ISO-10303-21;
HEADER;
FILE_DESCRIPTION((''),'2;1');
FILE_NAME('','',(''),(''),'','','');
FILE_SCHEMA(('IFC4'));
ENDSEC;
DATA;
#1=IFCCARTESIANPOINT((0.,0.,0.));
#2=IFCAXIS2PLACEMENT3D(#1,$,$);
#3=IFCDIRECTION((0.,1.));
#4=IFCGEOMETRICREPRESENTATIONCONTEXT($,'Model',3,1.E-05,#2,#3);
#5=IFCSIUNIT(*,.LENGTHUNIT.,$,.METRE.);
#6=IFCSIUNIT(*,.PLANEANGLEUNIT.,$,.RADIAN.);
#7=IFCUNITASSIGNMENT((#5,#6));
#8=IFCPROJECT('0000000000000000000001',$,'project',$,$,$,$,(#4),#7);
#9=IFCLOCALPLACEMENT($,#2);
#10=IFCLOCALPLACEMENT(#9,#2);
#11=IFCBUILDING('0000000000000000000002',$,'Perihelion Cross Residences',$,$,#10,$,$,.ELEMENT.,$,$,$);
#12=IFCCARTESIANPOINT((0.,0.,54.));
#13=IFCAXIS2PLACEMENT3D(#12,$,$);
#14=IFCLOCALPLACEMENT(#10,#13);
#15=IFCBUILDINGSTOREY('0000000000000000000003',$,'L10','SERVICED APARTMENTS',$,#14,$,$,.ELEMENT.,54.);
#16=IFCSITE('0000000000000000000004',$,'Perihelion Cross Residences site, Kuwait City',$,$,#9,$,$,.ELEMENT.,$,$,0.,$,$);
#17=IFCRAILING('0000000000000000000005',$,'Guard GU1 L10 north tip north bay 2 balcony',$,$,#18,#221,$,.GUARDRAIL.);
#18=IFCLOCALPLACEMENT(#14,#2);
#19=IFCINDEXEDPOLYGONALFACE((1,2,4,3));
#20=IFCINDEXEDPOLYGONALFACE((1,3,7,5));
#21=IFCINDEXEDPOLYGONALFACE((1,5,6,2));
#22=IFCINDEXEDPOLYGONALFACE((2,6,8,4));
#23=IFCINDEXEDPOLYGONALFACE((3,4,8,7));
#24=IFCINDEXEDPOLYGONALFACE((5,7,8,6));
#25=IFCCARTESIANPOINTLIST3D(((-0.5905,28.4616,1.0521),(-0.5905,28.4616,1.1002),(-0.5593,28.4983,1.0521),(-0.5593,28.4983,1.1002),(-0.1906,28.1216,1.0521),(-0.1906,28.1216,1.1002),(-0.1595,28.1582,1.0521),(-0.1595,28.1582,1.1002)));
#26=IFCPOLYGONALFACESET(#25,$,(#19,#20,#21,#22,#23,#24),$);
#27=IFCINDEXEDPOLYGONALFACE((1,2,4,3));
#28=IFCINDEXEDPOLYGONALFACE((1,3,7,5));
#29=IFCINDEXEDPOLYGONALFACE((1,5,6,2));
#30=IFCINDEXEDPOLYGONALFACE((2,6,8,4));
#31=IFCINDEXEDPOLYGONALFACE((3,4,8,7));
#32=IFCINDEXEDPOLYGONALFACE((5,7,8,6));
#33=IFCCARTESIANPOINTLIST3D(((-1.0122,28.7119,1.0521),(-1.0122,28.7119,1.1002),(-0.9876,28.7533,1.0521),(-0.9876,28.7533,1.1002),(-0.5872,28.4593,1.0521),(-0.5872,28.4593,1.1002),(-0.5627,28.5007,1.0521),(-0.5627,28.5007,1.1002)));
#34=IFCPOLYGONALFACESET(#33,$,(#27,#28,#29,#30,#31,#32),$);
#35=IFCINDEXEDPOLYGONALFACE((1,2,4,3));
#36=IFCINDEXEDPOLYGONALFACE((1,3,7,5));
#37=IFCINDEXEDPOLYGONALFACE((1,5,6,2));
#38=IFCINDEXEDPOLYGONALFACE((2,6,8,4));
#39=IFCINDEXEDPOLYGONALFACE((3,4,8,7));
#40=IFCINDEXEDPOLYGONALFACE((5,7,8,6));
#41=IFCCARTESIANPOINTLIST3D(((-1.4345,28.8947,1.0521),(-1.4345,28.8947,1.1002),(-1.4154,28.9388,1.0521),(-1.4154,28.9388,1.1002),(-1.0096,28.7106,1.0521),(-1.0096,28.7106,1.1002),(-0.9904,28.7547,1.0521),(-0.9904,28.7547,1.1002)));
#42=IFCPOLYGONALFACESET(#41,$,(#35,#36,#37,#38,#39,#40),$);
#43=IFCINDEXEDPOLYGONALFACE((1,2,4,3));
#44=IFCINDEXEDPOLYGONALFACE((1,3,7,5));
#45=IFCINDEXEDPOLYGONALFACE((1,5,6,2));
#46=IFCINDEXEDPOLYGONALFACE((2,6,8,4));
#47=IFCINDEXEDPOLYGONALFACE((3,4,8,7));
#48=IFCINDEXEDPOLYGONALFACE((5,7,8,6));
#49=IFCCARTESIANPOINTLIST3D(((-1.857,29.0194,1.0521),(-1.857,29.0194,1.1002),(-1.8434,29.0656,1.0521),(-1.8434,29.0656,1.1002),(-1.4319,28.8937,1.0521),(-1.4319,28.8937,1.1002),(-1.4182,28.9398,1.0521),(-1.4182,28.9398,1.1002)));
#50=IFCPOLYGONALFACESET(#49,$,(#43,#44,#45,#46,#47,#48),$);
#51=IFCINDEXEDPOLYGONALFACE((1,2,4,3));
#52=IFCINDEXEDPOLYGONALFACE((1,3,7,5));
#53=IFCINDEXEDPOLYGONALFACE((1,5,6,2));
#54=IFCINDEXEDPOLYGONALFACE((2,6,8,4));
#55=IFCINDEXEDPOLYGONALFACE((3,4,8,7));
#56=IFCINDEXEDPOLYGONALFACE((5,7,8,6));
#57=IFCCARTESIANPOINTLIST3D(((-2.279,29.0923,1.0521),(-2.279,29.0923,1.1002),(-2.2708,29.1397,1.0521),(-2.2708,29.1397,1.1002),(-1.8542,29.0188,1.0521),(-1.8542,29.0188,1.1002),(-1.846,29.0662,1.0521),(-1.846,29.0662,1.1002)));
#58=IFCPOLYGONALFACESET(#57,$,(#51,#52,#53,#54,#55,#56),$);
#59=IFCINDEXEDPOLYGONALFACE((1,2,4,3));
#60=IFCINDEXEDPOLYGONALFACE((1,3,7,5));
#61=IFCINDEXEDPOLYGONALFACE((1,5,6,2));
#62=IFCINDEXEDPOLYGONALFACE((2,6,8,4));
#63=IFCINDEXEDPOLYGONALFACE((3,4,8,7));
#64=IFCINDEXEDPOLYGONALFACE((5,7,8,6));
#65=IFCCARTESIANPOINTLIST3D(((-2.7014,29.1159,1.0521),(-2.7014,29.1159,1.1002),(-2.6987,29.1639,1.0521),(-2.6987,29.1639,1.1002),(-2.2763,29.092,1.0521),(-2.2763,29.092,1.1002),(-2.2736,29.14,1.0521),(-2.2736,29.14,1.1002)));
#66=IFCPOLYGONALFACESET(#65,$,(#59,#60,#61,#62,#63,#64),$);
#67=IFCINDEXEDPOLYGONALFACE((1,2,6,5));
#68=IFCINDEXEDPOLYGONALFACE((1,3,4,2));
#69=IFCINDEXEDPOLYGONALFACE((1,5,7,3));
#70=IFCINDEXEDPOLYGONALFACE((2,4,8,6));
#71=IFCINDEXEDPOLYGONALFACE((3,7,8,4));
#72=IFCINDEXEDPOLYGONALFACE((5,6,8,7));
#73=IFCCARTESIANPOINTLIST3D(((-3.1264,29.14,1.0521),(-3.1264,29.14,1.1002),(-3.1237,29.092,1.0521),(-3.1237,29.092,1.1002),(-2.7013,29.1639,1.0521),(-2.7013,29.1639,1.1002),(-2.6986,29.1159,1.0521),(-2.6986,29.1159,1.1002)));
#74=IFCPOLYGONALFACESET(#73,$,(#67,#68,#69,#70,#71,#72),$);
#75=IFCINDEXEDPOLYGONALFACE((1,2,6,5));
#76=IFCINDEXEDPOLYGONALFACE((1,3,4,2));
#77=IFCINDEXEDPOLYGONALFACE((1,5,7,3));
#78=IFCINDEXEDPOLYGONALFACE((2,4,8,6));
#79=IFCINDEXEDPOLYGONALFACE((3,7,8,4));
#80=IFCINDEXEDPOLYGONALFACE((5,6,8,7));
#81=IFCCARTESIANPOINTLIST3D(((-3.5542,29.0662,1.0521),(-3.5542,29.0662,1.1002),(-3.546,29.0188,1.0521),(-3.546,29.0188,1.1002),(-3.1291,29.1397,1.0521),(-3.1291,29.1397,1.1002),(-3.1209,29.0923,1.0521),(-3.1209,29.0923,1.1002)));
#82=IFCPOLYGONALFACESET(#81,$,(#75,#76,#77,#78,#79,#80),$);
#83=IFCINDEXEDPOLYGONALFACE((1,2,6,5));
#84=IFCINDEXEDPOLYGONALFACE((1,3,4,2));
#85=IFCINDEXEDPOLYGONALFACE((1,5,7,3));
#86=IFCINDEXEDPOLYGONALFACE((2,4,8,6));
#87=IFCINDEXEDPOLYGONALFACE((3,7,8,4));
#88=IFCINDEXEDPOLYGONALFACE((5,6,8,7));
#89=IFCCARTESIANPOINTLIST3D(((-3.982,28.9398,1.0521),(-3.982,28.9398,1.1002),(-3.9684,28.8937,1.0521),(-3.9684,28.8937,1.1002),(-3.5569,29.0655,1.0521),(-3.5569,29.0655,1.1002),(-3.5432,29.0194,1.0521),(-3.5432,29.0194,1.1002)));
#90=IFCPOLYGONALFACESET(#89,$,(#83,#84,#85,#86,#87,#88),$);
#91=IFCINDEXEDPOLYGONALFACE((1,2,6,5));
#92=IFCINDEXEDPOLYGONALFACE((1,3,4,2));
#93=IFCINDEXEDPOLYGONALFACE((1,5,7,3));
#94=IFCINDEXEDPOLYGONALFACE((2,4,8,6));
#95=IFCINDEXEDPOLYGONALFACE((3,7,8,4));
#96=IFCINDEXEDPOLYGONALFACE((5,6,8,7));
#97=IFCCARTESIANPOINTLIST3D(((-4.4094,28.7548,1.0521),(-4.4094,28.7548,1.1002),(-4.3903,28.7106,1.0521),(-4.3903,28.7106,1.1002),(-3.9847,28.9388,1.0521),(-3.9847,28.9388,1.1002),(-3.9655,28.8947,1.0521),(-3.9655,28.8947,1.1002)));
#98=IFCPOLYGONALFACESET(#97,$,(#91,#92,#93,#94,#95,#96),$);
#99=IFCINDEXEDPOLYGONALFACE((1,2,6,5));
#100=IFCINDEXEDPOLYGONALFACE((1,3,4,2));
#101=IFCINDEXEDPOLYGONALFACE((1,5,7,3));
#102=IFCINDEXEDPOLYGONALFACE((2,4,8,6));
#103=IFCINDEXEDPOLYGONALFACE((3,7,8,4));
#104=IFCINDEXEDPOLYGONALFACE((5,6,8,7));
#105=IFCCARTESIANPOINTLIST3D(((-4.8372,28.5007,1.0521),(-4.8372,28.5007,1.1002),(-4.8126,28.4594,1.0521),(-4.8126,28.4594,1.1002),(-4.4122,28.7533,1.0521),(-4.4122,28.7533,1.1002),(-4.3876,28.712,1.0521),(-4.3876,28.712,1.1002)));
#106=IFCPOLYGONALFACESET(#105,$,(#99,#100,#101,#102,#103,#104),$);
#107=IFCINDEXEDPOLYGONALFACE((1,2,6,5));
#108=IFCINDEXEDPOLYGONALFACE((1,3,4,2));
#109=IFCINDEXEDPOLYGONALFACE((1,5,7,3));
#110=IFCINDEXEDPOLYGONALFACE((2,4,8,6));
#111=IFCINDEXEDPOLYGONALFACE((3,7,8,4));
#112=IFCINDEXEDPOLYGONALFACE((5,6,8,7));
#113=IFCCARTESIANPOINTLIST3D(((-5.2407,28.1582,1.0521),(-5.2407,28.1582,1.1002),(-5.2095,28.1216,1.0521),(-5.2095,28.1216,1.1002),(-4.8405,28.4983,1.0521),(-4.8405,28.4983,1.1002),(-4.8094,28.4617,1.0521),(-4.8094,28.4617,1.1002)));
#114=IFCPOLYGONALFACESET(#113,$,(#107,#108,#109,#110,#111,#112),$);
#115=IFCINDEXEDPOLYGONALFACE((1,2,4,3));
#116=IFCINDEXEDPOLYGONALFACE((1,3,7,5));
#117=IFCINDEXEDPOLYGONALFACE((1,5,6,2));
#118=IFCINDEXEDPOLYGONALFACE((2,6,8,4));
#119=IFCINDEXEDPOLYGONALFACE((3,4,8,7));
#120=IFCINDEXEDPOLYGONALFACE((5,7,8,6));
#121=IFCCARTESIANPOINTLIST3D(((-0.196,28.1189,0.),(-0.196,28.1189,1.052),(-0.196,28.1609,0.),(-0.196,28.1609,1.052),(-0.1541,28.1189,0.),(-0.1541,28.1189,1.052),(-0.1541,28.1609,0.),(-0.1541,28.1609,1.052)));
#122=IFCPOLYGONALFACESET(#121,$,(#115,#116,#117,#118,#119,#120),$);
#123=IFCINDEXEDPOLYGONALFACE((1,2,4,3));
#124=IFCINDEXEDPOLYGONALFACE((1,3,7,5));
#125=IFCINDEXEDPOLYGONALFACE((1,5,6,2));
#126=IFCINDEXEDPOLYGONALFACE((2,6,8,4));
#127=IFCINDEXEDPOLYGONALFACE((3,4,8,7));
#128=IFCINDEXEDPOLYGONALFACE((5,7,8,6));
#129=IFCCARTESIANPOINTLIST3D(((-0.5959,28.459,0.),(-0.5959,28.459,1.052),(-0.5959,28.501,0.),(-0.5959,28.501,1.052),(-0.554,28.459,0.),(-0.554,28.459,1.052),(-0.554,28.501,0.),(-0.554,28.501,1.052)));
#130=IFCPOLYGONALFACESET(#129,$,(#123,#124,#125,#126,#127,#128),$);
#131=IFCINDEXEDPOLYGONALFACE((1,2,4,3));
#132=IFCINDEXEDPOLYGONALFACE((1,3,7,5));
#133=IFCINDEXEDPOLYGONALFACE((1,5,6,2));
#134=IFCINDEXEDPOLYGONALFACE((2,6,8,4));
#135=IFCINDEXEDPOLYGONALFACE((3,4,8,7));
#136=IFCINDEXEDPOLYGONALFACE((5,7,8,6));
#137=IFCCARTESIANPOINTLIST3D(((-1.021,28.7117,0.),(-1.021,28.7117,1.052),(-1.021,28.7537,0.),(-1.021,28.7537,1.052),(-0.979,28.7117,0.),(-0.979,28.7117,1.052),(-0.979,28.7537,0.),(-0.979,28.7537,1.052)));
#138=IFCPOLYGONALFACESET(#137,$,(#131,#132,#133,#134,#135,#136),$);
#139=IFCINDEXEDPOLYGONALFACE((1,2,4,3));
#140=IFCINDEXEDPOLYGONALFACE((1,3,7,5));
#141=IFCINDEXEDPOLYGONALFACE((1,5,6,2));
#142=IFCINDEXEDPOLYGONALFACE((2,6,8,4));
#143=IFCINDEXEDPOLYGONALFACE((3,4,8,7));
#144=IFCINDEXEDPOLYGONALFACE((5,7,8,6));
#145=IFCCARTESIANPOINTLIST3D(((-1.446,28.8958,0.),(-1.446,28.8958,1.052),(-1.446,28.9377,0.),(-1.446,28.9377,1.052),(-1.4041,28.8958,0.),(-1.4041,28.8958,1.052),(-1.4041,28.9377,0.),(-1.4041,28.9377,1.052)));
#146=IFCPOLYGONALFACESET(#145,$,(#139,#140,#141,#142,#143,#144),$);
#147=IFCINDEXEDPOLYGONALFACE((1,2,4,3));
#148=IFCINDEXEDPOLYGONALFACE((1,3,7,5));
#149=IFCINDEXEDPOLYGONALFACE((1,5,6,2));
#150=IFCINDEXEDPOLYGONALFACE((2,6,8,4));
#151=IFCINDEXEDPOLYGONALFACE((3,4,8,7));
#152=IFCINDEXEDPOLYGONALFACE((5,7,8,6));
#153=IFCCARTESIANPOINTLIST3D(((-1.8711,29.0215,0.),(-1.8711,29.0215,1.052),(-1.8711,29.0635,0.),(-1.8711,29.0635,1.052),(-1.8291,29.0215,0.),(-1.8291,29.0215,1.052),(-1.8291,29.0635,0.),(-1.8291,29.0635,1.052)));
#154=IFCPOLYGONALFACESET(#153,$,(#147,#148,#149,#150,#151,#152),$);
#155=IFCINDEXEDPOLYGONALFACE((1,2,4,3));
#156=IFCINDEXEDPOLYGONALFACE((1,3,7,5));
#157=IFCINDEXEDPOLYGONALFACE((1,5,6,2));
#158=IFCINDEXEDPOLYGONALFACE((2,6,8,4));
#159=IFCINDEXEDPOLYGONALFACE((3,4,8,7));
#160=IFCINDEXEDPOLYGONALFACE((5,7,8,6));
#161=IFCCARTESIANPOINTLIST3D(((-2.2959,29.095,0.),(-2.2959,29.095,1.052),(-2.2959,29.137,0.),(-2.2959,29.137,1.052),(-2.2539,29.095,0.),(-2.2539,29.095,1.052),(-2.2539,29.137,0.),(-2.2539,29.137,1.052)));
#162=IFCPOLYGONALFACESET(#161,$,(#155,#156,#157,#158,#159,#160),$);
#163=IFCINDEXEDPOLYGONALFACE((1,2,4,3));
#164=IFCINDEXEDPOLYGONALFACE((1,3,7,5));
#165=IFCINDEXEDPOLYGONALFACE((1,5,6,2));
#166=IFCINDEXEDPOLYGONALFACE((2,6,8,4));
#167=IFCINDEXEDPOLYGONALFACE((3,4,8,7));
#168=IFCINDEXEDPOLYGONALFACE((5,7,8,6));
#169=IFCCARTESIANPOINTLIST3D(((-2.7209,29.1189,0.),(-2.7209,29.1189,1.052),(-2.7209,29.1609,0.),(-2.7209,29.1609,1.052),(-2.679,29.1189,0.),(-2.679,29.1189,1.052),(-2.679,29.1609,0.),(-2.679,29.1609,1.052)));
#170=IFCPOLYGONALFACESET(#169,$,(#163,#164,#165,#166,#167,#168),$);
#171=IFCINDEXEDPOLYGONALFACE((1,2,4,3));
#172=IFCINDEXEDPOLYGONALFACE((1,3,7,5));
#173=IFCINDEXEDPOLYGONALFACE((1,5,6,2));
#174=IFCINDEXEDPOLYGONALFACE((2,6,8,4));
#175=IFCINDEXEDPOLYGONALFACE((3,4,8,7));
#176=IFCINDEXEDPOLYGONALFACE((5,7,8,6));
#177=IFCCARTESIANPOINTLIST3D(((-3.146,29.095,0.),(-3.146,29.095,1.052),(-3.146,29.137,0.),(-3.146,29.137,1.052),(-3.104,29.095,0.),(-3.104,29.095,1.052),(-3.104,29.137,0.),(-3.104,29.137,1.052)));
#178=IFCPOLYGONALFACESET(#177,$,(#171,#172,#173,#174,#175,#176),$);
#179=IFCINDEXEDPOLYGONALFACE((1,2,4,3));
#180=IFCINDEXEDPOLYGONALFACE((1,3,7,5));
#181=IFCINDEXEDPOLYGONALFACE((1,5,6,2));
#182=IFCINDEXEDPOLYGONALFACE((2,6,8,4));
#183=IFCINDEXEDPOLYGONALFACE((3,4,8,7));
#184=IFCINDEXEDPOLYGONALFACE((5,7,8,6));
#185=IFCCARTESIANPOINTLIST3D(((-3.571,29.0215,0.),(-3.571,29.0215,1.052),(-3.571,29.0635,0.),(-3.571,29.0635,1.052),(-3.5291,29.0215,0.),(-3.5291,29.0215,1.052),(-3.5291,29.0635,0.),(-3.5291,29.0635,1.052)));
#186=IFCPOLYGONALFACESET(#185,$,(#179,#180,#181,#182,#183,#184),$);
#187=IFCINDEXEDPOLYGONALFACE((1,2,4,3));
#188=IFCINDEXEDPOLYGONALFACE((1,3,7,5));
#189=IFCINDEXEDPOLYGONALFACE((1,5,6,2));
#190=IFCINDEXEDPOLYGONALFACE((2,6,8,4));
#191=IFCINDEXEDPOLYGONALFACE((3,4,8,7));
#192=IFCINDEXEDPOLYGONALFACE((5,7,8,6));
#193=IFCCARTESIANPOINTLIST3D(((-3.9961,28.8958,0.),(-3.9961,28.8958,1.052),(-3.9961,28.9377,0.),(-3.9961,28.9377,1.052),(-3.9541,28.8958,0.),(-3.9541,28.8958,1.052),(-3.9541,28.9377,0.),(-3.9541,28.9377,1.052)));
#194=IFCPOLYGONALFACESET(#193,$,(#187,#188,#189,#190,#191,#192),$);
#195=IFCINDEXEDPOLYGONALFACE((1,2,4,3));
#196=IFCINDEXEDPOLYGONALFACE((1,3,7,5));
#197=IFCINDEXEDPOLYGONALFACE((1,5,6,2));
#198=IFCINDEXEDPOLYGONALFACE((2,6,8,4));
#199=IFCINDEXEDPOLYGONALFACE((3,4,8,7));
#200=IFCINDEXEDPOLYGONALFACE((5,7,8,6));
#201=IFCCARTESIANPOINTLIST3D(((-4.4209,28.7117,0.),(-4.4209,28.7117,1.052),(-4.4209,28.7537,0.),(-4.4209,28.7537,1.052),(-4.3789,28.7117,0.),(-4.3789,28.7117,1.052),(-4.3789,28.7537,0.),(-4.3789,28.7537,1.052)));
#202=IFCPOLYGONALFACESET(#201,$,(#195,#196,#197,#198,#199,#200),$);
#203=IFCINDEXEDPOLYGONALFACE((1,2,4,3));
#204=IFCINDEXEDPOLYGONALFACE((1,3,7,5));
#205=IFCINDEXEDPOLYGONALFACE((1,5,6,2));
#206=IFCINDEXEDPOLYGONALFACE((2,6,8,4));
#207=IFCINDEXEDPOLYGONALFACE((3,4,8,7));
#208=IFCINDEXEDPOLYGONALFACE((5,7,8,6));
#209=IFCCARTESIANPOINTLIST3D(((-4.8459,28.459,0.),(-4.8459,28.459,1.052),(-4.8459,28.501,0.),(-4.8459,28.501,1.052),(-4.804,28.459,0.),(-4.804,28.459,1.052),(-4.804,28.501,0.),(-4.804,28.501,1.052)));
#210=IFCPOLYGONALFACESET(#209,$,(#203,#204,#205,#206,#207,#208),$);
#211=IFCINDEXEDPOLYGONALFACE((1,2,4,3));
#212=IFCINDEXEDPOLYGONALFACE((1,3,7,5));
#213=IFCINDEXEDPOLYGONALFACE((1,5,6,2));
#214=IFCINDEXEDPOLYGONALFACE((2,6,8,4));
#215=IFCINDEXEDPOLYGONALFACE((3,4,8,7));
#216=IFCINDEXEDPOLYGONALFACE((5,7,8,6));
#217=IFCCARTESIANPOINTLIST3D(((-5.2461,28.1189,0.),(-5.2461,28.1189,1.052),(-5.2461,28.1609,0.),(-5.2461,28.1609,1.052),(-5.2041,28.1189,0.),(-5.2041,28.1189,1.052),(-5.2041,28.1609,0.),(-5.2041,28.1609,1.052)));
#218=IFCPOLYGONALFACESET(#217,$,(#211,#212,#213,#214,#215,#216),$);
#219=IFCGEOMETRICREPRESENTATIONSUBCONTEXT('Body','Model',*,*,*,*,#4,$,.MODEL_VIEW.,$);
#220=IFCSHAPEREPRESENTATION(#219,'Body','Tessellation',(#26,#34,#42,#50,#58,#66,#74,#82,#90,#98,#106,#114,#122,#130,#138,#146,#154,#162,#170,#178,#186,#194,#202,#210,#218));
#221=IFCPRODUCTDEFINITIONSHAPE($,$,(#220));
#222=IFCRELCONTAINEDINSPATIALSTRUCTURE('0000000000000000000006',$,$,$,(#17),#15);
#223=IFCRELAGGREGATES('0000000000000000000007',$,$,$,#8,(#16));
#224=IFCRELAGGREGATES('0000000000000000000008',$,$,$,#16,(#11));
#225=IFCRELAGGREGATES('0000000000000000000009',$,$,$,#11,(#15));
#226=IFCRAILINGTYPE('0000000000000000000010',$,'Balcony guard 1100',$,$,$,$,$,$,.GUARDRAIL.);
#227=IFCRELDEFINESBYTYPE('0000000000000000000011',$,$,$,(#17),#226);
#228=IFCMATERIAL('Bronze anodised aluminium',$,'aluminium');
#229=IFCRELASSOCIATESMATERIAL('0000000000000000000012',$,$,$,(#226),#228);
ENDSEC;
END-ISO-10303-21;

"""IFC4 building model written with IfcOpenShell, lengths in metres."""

from ifc_helpers import new_model, si_unit, direction, frame, origin, origin_2d, place, context, subcontext, project, spatial, rectangle, extrude, material, type_object, element, save


model = new_model("IFC4")

# Units and contexts
model_context = context("Model", 3, precision=1e-05, world=origin(), true_north=direction((0.0, 1.0)))
body_context = subcontext(model_context, "Body", "Model", "MODEL_VIEW")
ifc_project = project(units=[si_unit("LENGTHUNIT", "METRE"), si_unit("PLANEANGLEUNIT", "RADIAN")], contexts=[model_context])

# Site, building, storey
site_placement = place(None, origin())
site = spatial("IfcSite", under=ifc_project, at=site_placement, Name="Perihelion Cross Residences site, Kuwait City", CompositionType="ELEMENT", RefElevation=0.0)
building_placement = place(site_placement, origin())
building = spatial("IfcBuilding", under=site, at=building_placement, Name="Perihelion Cross Residences", CompositionType="ELEMENT")
storey_placement = place(building_placement, frame((0.0, 0.0, 54.0)))
storey = spatial("IfcBuildingStorey", under=building, at=storey_placement, Name="L10", Description="SERVICED APARTMENTS", CompositionType="ELEMENT", Elevation=54.0)

# Railing
ifc_material_1 = material(Name="Bronze anodised aluminium", Category="aluminium")
railing_type = type_object("IfcRailingType", Name="Balcony guard 1100", PredefinedType="GUARDRAIL", material=ifc_material_1)
railing_placement = place(storey_placement, frame((-0.175, 28.1399, 0.0)))
element("IfcRailing", 1, at=railing_placement, inside=storey, type_object=railing_type, Name="Guard GU1 L10 north tip north bay 2 balcony", PredefinedType="GUARDRAIL", context=body_context, shape_type="SweptSolid", body=[
    extrude(rectangle(XDim=0.0481, YDim=0.0481, at=origin_2d()), frame((0.0, 0.0, 1.0762), z_axis=(-0.761779, 0.647837, 0.0), x_axis=(-0.647837, -0.761779, 0.0)), (0.0, 0.0, 1.0), 0.5249),
    extrude(rectangle(XDim=0.0481, YDim=0.0481, at=origin_2d()), frame((-0.3999, 0.3401, 1.0762), z_axis=(-0.859577, 0.511006, 0.0), x_axis=(-0.511006, -0.859577, 0.0)), (0.0, 0.0, 1.0), 0.4944),
    extrude(rectangle(XDim=0.0481, YDim=0.0481, at=origin_2d()), frame((-0.825, 0.5928, 1.0762), z_axis=(-0.917639, 0.397415, 0.0), x_axis=(-0.397415, -0.917639, 0.0)), (0.0, 0.0, 1.0), 0.4631),
    extrude(rectangle(XDim=0.0481, YDim=0.0481, at=origin_2d()), frame((-1.25, 0.7769, 1.0762), z_axis=(-0.958926, 0.283657, 0.0), x_axis=(-0.283657, -0.958926, 0.0)), (0.0, 0.0, 1.0), 0.4434),
    extrude(rectangle(XDim=0.0481, YDim=0.0481, at=origin_2d()), frame((-1.675, 0.9026, 1.0762), z_axis=(-0.985365, 0.170457, 0.0), x_axis=(-0.170457, -0.985365, 0.0)), (0.0, 0.0, 1.0), 0.4312),
    extrude(rectangle(XDim=0.0481, YDim=0.0481, at=origin_2d()), frame((-2.0999, 0.9761, 1.0762), z_axis=(-0.99842, 0.056201, 0.0), x_axis=(-0.056201, -0.99842, 0.0)), (0.0, 0.0, 1.0), 0.4258),
    extrude(rectangle(XDim=0.0481, YDim=0.0481, at=origin_2d()), frame((-2.5249, 1.0, 1.0762), z_axis=(-0.99842, -0.056201, 0.0), x_axis=(0.056201, -0.99842, 0.0)), (0.0, 0.0, 1.0), 0.4258),
    extrude(rectangle(XDim=0.0481, YDim=0.0481, at=origin_2d()), frame((-2.95, 0.9761, 1.0762), z_axis=(-0.985382, -0.170362, 0.0), x_axis=(0.170362, -0.985382, 0.0)), (0.0, 0.0, 1.0), 0.4314),
    extrude(rectangle(XDim=0.0481, YDim=0.0481, at=origin_2d()), frame((-3.375, 0.9026, 1.0762), z_axis=(-0.958926, -0.283657, 0.0), x_axis=(0.283657, -0.958926, 0.0)), (0.0, 0.0, 1.0), 0.4434),
    extrude(rectangle(XDim=0.0481, YDim=0.0481, at=origin_2d()), frame((-3.8, 0.7769, 1.0762), z_axis=(-0.917556, -0.397607, 0.0), x_axis=(0.397607, -0.917556, 0.0)), (0.0, 0.0, 1.0), 0.4629),
    extrude(rectangle(XDim=0.0481, YDim=0.0481, at=origin_2d()), frame((-4.2249, 0.5928, 1.0762), z_axis=(-0.859577, -0.511006, 0.0), x_axis=(0.511006, -0.859577, 0.0)), (0.0, 0.0, 1.0), 0.4944),
    extrude(rectangle(XDim=0.0481, YDim=0.0481, at=origin_2d()), frame((-4.6499, 0.3401, 1.0762), z_axis=(-0.761974, -0.647608, 0.0), x_axis=(0.647608, -0.761974, 0.0)), (0.0, 0.0, 1.0), 0.5251),
    extrude(rectangle(XDim=0.042, YDim=0.042, at=origin_2d()), origin(), (0.0, 0.0, 1.0), 1.052),
    extrude(rectangle(XDim=0.042, YDim=0.042, at=origin_2d()), frame((-0.3999, 0.3401, 0.0)), (0.0, 0.0, 1.0), 1.052),
    extrude(rectangle(XDim=0.042, YDim=0.042, at=origin_2d()), frame((-0.825, 0.5928, 0.0)), (0.0, 0.0, 1.0), 1.052),
    extrude(rectangle(XDim=0.042, YDim=0.042, at=origin_2d()), frame((-1.25, 0.7769, 0.0)), (0.0, 0.0, 1.0), 1.052),
    extrude(rectangle(XDim=0.042, YDim=0.042, at=origin_2d()), frame((-1.675, 0.9026, 0.0)), (0.0, 0.0, 1.0), 1.052),
    extrude(rectangle(XDim=0.042, YDim=0.042, at=origin_2d()), frame((-2.0999, 0.9761, 0.0)), (0.0, 0.0, 1.0), 1.052),
    extrude(rectangle(XDim=0.042, YDim=0.042, at=origin_2d()), frame((-2.5249, 1.0, 0.0)), (0.0, 0.0, 1.0), 1.052),
    extrude(rectangle(XDim=0.042, YDim=0.042, at=origin_2d()), frame((-2.95, 0.9761, 0.0)), (0.0, 0.0, 1.0), 1.052),
    extrude(rectangle(XDim=0.042, YDim=0.042, at=origin_2d()), frame((-3.375, 0.9026, 0.0)), (0.0, 0.0, 1.0), 1.052),
    extrude(rectangle(XDim=0.042, YDim=0.042, at=origin_2d()), frame((-3.8, 0.7769, 0.0)), (0.0, 0.0, 1.0), 1.052),
    extrude(rectangle(XDim=0.042, YDim=0.042, at=origin_2d()), frame((-4.2249, 0.5928, 0.0)), (0.0, 0.0, 1.0), 1.052),
    extrude(rectangle(XDim=0.042, YDim=0.042, at=origin_2d()), frame((-4.6499, 0.3401, 0.0)), (0.0, 0.0, 1.0), 1.052),
    extrude(rectangle(XDim=0.042, YDim=0.042, at=origin_2d()), frame((-5.05, 0.0, 0.0)), (0.0, 0.0, 1.0), 1.052),
])

save(model, "model.ifc")
